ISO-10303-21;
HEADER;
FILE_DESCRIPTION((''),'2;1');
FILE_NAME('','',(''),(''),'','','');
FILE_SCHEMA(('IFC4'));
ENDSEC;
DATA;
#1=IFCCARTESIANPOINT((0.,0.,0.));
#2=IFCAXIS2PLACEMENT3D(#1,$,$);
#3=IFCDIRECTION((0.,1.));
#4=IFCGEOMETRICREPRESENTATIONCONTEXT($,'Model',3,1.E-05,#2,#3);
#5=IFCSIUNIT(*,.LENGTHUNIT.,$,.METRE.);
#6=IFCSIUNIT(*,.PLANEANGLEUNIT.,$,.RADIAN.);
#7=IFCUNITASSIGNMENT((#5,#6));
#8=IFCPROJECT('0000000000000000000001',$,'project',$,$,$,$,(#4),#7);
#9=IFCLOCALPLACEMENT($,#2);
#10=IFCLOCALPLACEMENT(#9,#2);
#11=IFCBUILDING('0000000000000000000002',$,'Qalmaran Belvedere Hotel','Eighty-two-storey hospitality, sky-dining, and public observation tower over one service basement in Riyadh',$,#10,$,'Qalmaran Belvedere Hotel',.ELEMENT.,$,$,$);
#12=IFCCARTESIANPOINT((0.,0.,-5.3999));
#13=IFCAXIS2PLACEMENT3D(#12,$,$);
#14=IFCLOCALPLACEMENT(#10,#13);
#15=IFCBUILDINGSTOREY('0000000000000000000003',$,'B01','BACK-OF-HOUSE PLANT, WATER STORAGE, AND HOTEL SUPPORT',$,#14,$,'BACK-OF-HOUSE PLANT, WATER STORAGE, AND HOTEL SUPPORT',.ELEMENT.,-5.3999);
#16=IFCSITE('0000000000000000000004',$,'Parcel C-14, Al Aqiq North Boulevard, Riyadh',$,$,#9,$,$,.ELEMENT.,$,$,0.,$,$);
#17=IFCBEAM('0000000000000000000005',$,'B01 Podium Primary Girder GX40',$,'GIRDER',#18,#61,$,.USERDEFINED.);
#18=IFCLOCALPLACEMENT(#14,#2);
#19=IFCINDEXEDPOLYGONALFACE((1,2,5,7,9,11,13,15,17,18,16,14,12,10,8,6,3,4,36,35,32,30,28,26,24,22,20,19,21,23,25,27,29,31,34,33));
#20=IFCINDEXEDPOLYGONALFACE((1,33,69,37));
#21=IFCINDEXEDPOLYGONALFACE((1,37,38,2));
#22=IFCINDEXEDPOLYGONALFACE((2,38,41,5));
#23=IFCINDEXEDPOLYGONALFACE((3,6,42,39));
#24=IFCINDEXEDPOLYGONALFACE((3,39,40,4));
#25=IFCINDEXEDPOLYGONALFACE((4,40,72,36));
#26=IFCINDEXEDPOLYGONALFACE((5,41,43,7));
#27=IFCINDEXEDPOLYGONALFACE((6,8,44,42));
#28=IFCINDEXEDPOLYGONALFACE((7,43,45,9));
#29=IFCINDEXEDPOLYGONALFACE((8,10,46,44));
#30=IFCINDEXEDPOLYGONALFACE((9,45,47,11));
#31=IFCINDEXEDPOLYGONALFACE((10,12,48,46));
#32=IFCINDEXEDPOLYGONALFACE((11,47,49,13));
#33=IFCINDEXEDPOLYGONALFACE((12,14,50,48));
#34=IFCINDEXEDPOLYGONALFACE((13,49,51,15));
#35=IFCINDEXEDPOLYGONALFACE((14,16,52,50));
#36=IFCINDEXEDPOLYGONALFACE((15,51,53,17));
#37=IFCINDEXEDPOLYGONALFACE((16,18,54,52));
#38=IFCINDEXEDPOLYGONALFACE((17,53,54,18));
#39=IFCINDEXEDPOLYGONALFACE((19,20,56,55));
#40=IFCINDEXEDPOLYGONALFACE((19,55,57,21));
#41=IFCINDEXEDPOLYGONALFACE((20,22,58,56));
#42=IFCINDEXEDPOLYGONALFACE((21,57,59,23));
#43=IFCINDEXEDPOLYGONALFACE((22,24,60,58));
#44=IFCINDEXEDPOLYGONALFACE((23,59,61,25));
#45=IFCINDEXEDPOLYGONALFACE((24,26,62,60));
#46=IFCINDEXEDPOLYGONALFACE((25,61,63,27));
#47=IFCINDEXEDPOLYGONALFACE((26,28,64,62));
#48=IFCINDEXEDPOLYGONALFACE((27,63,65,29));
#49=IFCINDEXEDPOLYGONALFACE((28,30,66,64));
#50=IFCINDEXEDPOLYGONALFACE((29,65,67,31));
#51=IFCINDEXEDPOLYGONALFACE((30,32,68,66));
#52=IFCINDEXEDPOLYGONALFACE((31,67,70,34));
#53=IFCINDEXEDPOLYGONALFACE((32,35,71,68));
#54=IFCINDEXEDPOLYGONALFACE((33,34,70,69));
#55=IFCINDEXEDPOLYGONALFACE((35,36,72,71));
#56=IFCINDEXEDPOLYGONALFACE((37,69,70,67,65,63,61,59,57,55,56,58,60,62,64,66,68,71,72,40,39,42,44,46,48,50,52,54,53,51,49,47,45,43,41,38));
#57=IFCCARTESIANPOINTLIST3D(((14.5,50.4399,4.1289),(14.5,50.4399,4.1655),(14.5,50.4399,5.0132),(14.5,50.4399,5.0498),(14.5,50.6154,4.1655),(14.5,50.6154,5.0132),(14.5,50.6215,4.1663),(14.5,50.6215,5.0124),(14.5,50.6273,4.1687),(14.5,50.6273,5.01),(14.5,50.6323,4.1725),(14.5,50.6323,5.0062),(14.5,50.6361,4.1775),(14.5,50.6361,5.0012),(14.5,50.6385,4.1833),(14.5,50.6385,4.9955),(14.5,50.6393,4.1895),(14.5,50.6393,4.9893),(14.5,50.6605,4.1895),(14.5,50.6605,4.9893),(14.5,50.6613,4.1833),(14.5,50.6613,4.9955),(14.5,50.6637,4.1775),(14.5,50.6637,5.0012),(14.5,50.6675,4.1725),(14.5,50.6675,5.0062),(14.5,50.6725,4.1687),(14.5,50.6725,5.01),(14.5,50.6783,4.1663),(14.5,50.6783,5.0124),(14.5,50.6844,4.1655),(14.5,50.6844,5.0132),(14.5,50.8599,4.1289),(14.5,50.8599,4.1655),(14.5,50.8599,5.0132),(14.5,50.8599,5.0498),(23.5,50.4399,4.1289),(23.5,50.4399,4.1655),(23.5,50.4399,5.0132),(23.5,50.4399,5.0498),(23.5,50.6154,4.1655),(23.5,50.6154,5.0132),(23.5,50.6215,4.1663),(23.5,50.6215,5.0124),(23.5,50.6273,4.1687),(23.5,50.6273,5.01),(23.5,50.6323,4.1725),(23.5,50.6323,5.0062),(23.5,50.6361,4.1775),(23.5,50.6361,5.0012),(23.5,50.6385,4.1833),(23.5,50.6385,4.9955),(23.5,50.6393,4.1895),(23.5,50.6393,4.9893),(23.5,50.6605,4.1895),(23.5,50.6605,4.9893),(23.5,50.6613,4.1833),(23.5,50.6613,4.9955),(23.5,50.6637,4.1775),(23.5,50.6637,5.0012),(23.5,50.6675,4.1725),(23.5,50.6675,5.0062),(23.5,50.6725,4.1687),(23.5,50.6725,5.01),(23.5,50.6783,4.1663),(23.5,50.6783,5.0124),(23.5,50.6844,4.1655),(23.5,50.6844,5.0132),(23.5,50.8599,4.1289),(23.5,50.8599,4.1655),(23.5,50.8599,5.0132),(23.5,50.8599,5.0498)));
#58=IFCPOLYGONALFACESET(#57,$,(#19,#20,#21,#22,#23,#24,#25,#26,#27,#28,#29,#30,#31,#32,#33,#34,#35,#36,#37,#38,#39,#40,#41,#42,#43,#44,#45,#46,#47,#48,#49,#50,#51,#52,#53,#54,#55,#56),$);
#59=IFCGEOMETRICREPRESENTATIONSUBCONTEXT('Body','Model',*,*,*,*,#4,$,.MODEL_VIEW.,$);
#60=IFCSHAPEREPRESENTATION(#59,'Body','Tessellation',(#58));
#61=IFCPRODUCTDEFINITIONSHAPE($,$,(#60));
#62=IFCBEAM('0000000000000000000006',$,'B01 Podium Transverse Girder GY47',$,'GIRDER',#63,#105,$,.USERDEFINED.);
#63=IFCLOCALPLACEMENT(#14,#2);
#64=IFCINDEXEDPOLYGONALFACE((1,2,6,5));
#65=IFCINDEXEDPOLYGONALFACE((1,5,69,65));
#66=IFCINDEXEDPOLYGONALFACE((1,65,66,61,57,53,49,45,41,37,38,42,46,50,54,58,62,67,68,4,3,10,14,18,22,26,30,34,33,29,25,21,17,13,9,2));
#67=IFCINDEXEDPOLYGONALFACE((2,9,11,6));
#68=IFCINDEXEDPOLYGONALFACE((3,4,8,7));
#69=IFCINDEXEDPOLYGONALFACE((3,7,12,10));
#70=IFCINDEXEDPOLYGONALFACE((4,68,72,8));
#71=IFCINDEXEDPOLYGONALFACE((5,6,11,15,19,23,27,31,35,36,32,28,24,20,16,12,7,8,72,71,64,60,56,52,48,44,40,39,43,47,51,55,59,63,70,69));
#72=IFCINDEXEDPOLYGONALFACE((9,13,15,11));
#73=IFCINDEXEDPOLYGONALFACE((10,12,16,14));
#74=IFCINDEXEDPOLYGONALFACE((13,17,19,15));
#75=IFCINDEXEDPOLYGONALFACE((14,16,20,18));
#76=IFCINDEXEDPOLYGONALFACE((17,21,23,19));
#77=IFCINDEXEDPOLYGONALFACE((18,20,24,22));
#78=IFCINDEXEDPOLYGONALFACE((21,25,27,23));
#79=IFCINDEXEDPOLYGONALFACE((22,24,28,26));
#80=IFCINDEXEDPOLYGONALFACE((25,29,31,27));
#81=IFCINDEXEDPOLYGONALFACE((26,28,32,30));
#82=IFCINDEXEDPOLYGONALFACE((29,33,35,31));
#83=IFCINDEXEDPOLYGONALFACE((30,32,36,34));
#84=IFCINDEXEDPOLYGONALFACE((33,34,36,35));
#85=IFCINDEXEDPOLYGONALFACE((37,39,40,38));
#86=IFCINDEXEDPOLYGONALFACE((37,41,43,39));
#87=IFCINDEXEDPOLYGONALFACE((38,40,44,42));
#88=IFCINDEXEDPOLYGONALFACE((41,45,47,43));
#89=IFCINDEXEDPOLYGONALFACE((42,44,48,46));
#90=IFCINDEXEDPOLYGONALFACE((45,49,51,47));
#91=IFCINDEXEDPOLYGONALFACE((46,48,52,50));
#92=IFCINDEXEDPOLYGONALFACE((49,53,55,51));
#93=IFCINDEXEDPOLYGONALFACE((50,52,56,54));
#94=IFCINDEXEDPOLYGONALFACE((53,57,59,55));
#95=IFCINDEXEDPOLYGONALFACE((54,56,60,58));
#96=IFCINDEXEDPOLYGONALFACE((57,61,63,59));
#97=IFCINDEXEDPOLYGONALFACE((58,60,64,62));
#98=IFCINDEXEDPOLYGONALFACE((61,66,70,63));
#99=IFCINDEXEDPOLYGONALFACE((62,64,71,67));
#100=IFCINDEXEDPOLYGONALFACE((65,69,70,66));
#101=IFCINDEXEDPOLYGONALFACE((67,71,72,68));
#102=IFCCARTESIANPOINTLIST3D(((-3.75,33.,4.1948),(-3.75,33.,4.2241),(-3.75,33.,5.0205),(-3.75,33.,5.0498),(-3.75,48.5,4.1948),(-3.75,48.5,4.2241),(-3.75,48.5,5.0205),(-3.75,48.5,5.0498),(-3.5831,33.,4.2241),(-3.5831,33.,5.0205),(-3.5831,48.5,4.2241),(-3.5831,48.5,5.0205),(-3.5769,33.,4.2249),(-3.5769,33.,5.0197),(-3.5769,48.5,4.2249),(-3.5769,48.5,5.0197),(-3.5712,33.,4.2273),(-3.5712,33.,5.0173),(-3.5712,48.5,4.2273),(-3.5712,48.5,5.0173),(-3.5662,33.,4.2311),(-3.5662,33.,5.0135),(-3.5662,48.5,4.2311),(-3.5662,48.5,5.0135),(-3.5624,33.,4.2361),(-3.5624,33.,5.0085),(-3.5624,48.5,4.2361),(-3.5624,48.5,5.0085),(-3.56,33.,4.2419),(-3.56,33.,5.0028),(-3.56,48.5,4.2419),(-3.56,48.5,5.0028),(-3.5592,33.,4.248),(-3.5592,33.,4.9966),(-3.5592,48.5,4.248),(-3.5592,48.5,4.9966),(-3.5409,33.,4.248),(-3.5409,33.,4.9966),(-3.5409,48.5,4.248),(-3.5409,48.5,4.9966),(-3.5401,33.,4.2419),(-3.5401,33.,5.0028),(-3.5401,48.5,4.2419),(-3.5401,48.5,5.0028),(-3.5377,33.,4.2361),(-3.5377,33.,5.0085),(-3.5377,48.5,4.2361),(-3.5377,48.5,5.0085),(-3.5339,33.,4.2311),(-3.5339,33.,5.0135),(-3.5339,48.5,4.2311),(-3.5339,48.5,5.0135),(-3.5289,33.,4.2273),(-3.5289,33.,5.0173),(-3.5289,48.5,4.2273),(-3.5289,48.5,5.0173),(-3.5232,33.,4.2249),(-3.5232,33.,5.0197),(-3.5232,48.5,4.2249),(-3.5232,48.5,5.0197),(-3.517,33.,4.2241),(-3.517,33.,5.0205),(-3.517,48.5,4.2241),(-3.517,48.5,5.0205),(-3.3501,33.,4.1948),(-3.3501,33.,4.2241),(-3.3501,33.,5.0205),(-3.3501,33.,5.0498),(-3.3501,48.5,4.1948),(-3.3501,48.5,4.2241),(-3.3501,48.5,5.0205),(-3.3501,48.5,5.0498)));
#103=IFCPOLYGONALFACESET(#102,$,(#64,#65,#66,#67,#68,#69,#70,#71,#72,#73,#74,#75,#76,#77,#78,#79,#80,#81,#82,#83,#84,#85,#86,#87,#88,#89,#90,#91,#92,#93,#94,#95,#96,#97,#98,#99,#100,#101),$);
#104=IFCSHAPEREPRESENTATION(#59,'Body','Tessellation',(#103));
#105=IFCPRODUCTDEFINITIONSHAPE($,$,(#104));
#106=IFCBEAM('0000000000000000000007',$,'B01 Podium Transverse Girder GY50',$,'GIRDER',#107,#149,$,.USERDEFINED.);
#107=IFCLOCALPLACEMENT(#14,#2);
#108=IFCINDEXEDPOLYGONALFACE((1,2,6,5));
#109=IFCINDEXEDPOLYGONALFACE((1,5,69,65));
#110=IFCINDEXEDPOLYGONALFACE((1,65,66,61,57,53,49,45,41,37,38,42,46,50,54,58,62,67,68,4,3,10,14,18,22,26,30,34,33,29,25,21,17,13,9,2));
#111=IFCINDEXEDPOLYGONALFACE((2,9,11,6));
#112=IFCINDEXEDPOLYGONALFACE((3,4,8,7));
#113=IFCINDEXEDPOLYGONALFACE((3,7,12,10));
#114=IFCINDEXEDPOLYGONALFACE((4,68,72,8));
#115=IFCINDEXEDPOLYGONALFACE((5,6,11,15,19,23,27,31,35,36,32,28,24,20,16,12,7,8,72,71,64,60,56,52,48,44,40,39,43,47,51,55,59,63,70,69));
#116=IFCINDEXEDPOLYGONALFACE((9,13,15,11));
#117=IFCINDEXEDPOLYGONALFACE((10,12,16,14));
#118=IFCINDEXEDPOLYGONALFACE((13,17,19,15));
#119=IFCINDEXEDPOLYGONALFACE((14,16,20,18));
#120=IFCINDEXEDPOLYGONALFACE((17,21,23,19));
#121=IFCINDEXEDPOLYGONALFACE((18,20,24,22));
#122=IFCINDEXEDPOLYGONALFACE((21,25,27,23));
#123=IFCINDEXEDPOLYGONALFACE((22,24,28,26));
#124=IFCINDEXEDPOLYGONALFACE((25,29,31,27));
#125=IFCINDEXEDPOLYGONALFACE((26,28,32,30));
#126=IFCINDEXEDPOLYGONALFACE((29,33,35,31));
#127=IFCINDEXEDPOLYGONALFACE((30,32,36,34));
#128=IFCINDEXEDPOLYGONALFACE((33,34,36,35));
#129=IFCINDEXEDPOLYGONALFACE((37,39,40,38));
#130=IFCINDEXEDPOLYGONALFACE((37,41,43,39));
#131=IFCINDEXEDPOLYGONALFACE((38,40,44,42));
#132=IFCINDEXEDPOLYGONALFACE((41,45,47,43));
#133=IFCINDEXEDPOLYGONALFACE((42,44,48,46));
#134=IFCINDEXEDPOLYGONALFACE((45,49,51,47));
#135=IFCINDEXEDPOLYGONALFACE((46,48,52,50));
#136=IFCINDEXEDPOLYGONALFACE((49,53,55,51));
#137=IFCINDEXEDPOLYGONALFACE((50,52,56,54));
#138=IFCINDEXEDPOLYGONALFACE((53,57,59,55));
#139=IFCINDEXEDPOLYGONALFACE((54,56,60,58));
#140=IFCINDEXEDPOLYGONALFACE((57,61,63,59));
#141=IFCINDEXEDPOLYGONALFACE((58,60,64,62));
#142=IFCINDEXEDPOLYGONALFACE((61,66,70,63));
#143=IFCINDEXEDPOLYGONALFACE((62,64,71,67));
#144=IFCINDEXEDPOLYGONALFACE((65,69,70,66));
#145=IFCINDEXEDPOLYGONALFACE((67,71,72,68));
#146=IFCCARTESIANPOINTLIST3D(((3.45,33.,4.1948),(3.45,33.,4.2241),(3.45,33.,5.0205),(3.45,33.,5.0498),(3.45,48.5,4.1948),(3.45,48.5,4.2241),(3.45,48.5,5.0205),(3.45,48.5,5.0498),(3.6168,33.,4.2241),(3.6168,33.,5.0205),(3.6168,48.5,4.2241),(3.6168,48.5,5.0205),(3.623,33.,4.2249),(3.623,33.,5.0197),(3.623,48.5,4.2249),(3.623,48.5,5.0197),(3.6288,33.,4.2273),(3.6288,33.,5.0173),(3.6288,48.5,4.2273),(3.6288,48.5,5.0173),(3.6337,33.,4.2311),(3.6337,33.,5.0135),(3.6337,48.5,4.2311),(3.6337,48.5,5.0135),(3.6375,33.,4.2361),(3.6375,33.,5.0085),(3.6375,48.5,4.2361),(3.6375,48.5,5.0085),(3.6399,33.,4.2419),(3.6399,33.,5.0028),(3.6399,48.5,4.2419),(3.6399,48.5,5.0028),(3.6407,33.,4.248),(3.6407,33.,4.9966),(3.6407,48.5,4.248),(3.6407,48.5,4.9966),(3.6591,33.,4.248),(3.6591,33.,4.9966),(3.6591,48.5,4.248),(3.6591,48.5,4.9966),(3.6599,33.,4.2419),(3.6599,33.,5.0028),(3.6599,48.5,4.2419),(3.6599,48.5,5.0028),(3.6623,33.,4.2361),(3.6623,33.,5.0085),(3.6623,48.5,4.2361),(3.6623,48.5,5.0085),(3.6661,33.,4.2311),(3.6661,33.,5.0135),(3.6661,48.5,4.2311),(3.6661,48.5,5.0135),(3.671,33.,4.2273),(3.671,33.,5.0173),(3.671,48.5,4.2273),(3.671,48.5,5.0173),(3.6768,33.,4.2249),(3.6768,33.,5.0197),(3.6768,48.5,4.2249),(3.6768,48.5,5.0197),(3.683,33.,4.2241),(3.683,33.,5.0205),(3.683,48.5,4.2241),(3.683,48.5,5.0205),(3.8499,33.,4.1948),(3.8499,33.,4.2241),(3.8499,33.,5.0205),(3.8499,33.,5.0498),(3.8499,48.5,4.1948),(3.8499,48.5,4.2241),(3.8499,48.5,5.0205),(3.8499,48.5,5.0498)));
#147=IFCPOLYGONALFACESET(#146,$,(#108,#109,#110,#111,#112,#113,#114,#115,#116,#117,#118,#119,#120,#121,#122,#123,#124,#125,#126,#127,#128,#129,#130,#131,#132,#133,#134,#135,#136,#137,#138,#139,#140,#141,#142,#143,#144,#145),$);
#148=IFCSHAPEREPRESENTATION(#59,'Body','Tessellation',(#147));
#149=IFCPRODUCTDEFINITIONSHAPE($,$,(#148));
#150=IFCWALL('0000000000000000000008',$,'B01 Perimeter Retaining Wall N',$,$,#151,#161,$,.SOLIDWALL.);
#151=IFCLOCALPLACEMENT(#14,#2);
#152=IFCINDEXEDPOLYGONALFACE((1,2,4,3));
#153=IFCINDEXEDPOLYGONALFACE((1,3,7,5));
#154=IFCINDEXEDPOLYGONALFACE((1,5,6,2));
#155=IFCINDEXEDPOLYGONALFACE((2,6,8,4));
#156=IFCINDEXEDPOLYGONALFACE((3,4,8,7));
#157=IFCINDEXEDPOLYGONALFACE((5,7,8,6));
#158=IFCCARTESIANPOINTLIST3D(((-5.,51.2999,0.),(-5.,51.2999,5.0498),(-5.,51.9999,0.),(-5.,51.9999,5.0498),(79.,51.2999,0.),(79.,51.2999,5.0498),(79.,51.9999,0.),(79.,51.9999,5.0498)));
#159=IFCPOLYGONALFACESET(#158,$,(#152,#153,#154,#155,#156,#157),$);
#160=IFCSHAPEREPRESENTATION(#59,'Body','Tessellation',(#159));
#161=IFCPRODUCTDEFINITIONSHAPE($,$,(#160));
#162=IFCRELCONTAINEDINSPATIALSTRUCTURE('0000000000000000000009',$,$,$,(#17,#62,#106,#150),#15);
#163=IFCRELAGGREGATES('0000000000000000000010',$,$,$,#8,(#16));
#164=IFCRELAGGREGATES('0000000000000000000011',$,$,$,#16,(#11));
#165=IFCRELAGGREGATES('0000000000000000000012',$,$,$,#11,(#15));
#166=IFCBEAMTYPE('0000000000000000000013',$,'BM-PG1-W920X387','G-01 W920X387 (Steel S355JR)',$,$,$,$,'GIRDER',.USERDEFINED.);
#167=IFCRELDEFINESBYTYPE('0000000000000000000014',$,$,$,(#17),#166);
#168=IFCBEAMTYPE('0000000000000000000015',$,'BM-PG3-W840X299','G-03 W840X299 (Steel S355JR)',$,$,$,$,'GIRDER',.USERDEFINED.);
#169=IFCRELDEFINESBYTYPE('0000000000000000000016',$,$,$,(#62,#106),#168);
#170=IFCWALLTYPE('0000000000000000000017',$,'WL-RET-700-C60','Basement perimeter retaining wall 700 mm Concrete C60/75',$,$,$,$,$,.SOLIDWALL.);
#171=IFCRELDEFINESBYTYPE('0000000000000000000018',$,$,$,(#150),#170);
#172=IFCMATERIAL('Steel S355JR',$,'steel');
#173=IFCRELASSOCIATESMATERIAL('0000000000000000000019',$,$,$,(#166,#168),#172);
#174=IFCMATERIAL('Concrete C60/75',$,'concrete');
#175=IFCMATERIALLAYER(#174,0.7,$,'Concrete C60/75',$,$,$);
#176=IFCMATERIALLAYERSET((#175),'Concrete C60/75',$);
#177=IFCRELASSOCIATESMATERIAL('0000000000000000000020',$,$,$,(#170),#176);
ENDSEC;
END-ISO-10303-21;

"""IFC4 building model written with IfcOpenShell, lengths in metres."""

from ifc_helpers import new_model, si_unit, direction, frame, frame_2d, origin, origin_2d, place, context, subcontext, project, spatial, rectangle, i_section, extrude, material, layer, layer_set, material_profile, profile_set, type_object, element, save


model = new_model("IFC4")

# Units and contexts
model_context = context("Model", 3, precision=1e-05, world=origin(), true_north=direction((0.0, 1.0)))
body_context = subcontext(model_context, "Body", "Model", "MODEL_VIEW")
ifc_project = project(units=[si_unit("LENGTHUNIT", "METRE"), si_unit("PLANEANGLEUNIT", "RADIAN")], contexts=[model_context])

# Site, building, storey
site_placement = place(None, origin())
site = spatial("IfcSite", under=ifc_project, at=site_placement, Name="Parcel C-14, Al Aqiq North Boulevard, Riyadh", CompositionType="ELEMENT", RefElevation=0.0)
building_placement = place(site_placement, origin())
building = spatial("IfcBuilding", under=site, at=building_placement, Name="Qalmaran Belvedere Hotel", Description="Eighty-two-storey hospitality, sky-dining, and public observation tower over one service basement in Riyadh", LongName="Qalmaran Belvedere Hotel", CompositionType="ELEMENT")
storey_placement = place(building_placement, frame((0.0, 0.0, -5.3999)))
storey = spatial("IfcBuildingStorey", under=building, at=storey_placement, Name="B01", Description="BACK-OF-HOUSE PLANT, WATER STORAGE, AND HOTEL SUPPORT", LongName="BACK-OF-HOUSE PLANT, WATER STORAGE, AND HOTEL SUPPORT", CompositionType="ELEMENT", Elevation=-5.3999)

# Shared definitions
ifc_material_1 = material(Name="Concrete C60/75", Category="concrete")

# Beams
ifc_material_2 = material(Name="Steel S355JR", Category="steel")
ifc_material_profile_1 = material_profile(ifc_material_2, i_section(OverallWidth=0.4199, OverallDepth=0.9209, WebThickness=0.0212, FlangeThickness=0.0366, FilletRadius=0.0239, at=origin_2d()), Name="W920X387")
ifc_profile_set_1 = profile_set([ifc_material_profile_1], Name="Steel S355JR")
beam_type_1 = type_object("IfcBeamType", Name="BM-PG1-W920X387", Description="G-01 W920X387 (Steel S355JR)", ElementType="GIRDER", PredefinedType="USERDEFINED", material=ifc_profile_set_1)
beam_1_placement = place(storey_placement, frame((14.5, 50.6499, 4.5894), z_axis=(1.0, 0.0, 0.0), x_axis=(0.0, 1.0, 0.0)))
element("IfcBeam", 1, at=beam_1_placement, inside=storey, type_object=beam_type_1, Name="B01 Podium Primary Girder GX40", ObjectType="GIRDER", PredefinedType="USERDEFINED", context=body_context, shape_type="SweptSolid", body=[
    extrude(i_section(OverallWidth=0.4199, OverallDepth=0.9209, WebThickness=0.0212, FlangeThickness=0.0366, FilletRadius=0.0239, at=origin_2d()), origin(), (0.0, 0.0, 1.0), 9.0),
])
ifc_material_profile_2 = material_profile(ifc_material_2, i_section(OverallWidth=0.3999, OverallDepth=0.855, WebThickness=0.0183, FlangeThickness=0.0293, FilletRadius=0.0239, at=origin_2d()), Name="W840X299")
ifc_profile_set_2 = profile_set([ifc_material_profile_2], Name="Steel S355JR")
beam_type_2 = type_object("IfcBeamType", Name="BM-PG3-W840X299", Description="G-03 W840X299 (Steel S355JR)", ElementType="GIRDER", PredefinedType="USERDEFINED", material=ifc_profile_set_2)
for number, where, z_axis, x_axis, name in (
    (2, (-3.55, 33.0, 4.6223), (0.0, 1.0, 0.0), (-1.0, 0.0, 0.0), "B01 Podium Transverse Girder GY47"),
    (3, (3.6499, 33.0, 4.6223), (0.0, 1.0, 0.0), (-1.0, 0.0, 0.0), "B01 Podium Transverse Girder GY50"),
):
    element("IfcBeam", number, at=place(storey_placement, frame(where, z_axis=z_axis, x_axis=x_axis)), inside=storey, type_object=beam_type_2, Name=name, ObjectType="GIRDER", PredefinedType="USERDEFINED", context=body_context, shape_type="SweptSolid", body=[
        extrude(i_section(OverallWidth=0.3999, OverallDepth=0.855, WebThickness=0.0183, FlangeThickness=0.0293, FilletRadius=0.0239, at=origin_2d()), origin(), (0.0, 0.0, 1.0), 15.5),
    ])

# Wall
ifc_layer = layer(ifc_material_1, 0.7, Name="Concrete C60/75")
ifc_layer_set = layer_set([ifc_layer], Name="Concrete C60/75")
wall_type = type_object("IfcWallType", Name="WL-RET-700-C60", Description="Basement perimeter retaining wall 700 mm Concrete C60/75", PredefinedType="SOLIDWALL", material=ifc_layer_set)
wall_placement = place(storey_placement, frame((-5.0, 51.6499, 0.0), z_axis=(0.0, 0.0, 1.0), x_axis=(1.0, 0.0, 0.0)))
element("IfcWall", 4, at=wall_placement, inside=storey, type_object=wall_type, Name="B01 Perimeter Retaining Wall N", PredefinedType="SOLIDWALL", context=body_context, shape_type="SweptSolid", body=[
    extrude(rectangle(XDim=84.0, YDim=0.7, at=frame_2d((42.0, 0.0))), origin(), (0.0, 0.0, 1.0), 5.0498),
])

save(model, "model.ifc")
